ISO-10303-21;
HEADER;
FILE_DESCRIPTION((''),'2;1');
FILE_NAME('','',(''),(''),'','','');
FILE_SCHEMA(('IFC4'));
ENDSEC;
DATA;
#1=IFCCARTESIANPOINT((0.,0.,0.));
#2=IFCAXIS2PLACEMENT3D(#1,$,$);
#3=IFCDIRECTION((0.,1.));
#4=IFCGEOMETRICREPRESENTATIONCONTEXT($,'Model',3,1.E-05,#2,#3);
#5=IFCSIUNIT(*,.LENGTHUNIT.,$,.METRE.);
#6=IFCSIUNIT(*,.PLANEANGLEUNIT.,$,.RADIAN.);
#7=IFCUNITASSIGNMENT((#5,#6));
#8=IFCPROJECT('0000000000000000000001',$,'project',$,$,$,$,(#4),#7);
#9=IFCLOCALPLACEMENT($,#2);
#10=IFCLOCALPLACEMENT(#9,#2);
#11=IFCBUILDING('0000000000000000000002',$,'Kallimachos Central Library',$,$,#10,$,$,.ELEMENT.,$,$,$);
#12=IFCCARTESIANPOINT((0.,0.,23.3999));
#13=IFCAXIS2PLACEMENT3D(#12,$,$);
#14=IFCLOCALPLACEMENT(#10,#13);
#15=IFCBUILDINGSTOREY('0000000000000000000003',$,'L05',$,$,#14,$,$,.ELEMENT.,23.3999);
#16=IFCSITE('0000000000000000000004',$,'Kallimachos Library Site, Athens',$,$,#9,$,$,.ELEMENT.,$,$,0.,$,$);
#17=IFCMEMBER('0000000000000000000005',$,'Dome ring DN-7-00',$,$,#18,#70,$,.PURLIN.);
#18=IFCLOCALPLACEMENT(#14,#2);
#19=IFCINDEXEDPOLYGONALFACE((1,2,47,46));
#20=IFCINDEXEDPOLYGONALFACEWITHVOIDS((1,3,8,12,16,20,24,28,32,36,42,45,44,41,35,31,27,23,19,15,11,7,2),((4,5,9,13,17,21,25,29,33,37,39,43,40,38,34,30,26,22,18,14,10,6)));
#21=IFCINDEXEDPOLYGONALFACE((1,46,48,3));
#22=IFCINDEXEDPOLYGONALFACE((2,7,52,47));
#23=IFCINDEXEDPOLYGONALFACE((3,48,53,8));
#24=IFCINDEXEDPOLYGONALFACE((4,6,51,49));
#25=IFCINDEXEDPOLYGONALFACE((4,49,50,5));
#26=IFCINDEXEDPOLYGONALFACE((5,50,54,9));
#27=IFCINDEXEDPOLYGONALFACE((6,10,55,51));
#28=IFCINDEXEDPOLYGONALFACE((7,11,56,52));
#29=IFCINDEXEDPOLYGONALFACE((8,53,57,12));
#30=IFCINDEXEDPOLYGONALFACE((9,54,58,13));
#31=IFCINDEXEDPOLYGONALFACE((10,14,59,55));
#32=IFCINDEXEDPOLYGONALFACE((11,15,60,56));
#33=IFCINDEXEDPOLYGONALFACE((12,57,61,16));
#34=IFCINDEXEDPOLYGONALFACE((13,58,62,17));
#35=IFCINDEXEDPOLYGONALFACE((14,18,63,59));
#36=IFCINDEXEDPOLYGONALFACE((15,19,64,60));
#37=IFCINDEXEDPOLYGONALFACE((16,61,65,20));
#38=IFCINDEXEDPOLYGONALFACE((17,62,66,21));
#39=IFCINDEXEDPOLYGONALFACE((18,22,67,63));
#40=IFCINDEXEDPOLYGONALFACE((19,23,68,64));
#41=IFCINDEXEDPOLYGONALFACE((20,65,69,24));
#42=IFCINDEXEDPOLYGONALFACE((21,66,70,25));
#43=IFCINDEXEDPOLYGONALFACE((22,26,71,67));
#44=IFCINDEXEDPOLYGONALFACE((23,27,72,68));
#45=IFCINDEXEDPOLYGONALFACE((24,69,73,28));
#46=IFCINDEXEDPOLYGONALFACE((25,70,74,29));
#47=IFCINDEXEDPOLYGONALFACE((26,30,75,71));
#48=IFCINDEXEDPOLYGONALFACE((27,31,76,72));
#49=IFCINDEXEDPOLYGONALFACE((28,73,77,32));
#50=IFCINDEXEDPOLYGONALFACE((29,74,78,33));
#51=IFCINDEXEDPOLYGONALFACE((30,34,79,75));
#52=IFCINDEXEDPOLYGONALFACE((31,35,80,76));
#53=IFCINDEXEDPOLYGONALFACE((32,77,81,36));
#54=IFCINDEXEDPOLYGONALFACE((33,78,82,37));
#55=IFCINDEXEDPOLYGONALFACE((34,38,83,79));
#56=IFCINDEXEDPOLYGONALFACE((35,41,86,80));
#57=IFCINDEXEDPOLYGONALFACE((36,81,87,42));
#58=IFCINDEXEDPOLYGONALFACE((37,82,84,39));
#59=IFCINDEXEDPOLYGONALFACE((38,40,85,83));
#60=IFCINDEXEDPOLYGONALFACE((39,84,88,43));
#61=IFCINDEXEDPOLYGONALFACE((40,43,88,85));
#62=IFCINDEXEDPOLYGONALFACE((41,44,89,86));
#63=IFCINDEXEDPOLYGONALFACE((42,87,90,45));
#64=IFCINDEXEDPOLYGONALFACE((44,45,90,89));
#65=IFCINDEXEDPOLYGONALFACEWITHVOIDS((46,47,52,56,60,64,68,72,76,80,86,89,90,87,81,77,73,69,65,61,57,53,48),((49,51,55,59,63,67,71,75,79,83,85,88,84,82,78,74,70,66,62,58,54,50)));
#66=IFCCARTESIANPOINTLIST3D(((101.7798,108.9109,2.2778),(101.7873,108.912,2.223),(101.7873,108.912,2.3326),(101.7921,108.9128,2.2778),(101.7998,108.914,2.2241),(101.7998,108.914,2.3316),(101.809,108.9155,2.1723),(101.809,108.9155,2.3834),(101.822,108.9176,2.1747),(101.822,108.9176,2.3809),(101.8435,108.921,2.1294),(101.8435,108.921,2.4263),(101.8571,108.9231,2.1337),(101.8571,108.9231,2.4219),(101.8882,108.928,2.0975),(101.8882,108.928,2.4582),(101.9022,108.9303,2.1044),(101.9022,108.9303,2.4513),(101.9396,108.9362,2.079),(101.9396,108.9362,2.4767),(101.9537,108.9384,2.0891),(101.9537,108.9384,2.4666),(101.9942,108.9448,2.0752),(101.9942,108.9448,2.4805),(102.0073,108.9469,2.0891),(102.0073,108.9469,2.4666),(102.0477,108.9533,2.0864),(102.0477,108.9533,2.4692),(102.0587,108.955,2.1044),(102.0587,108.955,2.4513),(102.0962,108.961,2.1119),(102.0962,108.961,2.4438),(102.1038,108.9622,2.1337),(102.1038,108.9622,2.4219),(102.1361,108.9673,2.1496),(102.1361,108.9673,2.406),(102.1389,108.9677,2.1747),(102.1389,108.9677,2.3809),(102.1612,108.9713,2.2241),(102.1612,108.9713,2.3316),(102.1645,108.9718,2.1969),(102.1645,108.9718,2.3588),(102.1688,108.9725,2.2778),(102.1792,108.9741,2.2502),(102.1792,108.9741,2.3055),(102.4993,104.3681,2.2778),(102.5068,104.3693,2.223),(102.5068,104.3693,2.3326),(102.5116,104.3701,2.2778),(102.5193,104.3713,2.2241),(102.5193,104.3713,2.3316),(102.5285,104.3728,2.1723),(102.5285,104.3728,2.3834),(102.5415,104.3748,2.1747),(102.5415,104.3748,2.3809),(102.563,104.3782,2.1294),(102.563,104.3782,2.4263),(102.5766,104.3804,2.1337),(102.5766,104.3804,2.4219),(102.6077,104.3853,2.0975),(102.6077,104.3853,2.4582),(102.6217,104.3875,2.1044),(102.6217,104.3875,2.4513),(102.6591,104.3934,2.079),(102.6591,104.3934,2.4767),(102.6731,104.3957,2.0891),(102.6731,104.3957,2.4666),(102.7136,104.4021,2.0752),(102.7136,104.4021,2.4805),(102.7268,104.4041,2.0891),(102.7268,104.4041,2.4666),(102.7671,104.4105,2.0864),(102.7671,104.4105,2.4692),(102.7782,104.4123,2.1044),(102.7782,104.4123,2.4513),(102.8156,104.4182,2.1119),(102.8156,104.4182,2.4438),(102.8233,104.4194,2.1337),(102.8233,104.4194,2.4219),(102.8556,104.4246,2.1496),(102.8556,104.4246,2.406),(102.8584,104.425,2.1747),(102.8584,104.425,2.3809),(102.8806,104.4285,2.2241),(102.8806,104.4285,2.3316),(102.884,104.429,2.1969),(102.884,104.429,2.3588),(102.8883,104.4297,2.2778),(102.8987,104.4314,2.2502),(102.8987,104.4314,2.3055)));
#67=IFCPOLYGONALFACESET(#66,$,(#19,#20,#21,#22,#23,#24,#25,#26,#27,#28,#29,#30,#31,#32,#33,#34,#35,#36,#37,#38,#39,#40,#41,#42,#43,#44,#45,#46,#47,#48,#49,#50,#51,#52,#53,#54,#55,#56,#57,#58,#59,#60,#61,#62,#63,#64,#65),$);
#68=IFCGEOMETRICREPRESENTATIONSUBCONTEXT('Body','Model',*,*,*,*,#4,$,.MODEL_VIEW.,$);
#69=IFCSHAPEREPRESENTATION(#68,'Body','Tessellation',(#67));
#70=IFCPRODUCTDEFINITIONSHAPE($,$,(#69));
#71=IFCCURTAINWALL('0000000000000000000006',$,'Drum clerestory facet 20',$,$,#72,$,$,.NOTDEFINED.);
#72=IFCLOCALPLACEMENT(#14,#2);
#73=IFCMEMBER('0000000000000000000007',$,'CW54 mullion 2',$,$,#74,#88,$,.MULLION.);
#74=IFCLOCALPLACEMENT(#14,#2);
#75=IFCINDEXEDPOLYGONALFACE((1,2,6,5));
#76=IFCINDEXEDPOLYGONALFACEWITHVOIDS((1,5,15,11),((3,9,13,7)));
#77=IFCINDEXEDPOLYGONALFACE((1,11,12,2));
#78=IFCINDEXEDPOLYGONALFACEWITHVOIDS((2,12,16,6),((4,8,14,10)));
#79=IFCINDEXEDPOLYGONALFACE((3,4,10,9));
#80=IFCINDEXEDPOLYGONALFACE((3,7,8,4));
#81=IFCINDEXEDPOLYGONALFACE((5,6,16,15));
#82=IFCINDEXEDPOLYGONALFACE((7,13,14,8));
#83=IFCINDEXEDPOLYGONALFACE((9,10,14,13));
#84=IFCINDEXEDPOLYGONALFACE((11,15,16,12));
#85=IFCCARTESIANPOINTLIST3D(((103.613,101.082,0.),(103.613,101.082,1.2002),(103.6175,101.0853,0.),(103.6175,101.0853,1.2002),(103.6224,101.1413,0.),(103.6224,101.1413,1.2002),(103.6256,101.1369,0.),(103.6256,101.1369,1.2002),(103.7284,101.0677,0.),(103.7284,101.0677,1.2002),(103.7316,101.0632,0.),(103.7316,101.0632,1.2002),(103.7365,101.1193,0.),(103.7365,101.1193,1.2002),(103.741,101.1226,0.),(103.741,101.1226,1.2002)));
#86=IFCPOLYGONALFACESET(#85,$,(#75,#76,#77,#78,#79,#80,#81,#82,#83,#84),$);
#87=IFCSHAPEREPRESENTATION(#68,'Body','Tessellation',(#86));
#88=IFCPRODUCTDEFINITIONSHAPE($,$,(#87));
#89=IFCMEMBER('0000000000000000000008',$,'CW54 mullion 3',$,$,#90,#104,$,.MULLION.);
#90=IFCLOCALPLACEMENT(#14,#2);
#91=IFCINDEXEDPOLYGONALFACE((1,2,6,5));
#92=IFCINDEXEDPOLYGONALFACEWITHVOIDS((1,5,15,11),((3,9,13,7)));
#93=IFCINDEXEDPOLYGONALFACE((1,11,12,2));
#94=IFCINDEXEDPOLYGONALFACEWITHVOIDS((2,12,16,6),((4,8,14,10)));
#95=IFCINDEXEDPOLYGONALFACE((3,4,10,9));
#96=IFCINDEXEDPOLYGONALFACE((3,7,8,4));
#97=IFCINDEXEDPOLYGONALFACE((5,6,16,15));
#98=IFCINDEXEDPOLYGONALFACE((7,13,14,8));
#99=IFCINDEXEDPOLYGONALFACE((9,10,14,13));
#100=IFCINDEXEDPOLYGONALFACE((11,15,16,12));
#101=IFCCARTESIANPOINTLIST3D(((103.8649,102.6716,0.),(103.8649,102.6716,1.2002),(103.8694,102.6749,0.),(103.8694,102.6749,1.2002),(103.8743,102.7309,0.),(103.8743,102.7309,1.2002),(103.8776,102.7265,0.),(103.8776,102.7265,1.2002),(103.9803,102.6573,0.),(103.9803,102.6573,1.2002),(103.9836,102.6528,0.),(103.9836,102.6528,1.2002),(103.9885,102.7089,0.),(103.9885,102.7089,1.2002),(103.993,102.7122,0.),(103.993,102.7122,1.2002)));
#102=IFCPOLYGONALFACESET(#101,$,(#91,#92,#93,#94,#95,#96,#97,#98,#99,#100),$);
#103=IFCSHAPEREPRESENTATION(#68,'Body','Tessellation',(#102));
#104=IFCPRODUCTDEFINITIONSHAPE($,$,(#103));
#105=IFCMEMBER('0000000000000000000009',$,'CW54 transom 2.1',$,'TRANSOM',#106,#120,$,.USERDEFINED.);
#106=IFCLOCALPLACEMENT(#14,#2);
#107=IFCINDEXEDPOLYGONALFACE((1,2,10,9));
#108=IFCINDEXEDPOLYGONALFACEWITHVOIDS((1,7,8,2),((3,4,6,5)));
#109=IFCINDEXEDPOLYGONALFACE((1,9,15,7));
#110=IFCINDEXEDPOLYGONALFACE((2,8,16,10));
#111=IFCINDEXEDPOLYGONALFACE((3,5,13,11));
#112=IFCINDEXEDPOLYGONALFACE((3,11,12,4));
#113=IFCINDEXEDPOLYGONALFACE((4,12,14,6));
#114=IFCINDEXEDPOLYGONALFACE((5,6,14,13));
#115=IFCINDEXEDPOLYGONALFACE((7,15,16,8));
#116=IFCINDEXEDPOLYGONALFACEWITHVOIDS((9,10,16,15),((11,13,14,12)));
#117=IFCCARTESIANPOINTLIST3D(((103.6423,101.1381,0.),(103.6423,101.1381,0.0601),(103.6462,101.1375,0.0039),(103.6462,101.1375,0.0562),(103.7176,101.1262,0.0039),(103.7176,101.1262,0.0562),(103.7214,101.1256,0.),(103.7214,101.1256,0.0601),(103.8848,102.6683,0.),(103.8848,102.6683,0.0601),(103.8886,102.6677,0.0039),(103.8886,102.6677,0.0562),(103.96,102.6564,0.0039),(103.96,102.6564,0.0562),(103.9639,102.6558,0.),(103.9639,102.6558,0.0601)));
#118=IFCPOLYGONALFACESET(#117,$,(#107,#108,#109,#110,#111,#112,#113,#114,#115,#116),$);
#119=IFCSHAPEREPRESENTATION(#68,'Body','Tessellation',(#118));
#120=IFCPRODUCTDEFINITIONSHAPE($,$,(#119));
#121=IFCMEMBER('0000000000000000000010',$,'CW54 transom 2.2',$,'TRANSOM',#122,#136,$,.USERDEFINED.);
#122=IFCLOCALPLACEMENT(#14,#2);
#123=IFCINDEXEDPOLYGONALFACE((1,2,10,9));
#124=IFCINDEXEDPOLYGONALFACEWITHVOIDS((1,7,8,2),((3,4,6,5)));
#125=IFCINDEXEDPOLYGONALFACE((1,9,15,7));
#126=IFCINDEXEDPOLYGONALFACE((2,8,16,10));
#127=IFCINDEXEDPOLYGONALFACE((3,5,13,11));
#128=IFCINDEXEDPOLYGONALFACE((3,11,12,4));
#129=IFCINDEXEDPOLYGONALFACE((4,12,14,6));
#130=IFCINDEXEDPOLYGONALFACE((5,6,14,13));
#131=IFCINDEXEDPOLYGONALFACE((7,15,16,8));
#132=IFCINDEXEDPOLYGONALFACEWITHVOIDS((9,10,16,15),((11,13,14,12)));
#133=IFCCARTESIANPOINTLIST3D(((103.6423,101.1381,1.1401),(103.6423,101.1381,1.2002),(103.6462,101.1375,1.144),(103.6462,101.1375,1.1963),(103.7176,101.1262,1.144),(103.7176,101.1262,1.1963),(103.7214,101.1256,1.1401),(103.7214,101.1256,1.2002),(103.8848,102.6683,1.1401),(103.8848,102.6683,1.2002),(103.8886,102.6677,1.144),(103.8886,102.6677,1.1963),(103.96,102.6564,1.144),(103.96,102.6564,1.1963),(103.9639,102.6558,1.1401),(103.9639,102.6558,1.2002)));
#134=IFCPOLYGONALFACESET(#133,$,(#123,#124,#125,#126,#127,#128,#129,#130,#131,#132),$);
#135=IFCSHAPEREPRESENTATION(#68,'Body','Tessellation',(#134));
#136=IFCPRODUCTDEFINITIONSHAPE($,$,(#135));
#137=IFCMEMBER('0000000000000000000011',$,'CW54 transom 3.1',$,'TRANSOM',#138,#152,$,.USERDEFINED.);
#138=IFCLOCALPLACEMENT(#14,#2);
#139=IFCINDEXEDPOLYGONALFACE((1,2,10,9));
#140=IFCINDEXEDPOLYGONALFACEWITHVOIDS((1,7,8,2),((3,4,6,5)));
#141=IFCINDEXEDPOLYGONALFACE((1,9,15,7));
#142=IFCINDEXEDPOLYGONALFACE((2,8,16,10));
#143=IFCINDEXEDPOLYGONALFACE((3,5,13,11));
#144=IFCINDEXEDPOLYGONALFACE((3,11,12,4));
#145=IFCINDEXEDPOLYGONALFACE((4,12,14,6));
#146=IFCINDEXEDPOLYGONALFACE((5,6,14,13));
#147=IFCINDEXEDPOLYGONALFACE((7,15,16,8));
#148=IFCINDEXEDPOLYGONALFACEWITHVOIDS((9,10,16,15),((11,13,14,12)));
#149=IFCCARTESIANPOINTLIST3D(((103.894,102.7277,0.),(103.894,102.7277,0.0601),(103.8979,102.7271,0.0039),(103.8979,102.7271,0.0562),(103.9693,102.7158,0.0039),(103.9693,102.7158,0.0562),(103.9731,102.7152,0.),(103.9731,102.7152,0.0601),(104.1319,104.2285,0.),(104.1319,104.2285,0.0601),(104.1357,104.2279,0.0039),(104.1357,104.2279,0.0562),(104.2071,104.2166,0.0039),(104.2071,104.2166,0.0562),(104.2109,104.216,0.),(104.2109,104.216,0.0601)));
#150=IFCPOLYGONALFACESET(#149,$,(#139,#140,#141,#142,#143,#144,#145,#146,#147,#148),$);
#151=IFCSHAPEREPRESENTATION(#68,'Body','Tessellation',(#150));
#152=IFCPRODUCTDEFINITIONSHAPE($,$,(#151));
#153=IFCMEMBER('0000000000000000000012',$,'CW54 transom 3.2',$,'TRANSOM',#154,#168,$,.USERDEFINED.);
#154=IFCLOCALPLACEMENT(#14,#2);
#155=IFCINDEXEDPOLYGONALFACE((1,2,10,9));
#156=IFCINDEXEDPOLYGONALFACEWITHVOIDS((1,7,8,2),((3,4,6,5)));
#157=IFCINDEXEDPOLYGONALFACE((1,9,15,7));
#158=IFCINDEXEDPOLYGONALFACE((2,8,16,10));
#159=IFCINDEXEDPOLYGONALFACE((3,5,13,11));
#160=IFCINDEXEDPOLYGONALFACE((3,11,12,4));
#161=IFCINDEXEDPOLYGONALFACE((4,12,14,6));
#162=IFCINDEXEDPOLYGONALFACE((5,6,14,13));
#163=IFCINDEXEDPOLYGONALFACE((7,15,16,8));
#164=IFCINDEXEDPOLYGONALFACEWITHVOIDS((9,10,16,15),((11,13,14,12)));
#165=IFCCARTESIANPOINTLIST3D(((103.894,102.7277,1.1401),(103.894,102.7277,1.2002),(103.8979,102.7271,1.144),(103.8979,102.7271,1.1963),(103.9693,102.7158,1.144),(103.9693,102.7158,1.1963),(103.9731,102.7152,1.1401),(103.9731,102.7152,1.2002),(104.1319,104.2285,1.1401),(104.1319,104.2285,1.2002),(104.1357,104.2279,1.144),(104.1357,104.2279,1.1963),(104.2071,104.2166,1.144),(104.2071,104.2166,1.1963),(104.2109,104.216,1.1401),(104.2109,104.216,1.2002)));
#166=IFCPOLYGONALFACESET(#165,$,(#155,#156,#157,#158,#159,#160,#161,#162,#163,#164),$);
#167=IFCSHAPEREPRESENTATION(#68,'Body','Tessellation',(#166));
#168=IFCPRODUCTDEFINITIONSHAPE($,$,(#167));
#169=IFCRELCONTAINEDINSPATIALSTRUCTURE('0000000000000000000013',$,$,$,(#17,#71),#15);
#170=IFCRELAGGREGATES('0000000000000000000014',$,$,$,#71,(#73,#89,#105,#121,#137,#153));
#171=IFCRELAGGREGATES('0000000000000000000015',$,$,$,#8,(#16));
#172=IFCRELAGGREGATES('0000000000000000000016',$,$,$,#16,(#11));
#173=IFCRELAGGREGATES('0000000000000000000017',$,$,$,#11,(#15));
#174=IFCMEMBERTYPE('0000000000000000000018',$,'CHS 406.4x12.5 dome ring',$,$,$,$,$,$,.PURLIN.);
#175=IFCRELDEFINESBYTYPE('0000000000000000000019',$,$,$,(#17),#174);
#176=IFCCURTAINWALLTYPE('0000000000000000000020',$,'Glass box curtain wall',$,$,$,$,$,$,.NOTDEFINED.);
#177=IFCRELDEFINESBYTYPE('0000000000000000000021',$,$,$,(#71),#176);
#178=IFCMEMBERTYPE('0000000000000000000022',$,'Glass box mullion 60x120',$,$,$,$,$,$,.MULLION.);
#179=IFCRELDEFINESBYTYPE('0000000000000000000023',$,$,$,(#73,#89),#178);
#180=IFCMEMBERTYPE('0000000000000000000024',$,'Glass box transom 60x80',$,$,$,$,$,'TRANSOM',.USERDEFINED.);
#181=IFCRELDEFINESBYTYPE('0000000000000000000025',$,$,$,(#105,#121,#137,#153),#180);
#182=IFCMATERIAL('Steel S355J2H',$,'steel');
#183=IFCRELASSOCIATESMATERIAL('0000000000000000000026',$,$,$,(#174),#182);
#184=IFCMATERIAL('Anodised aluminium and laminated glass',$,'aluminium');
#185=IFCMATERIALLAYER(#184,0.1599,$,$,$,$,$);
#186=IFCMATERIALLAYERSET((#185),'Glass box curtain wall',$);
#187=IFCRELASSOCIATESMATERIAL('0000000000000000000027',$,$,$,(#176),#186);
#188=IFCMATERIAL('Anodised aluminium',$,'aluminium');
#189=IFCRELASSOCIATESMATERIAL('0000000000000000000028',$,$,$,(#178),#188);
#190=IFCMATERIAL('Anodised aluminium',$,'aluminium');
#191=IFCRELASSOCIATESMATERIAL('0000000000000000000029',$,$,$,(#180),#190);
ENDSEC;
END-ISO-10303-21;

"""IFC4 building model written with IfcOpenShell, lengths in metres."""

from ifc_helpers import new_model, si_unit, direction, frame, origin, origin_2d, place, context, subcontext, project, spatial, hollow_rectangle, hollow_circle, extrude, material, layer, layer_set, material_profile, profile_set, type_object, element, aggregate, save


model = new_model("IFC4")

# Units and contexts
model_context = context("Model", 3, precision=1e-05, world=origin(), true_north=direction((0.0, 1.0)))
body_context = subcontext(model_context, "Body", "Model", "MODEL_VIEW")
ifc_project = project(units=[si_unit("LENGTHUNIT", "METRE"), si_unit("PLANEANGLEUNIT", "RADIAN")], contexts=[model_context])

# Site, building, storey
site_placement = place(None, origin())
site = spatial("IfcSite", under=ifc_project, at=site_placement, Name="Kallimachos Library Site, Athens", CompositionType="ELEMENT", RefElevation=0.0)
building_placement = place(site_placement, origin())
building = spatial("IfcBuilding", under=site, at=building_placement, Name="Kallimachos Central Library", CompositionType="ELEMENT")
storey_placement = place(building_placement, frame((0.0, 0.0, 23.3999)))
storey = spatial("IfcBuildingStorey", under=building, at=storey_placement, Name="L05", CompositionType="ELEMENT", Elevation=23.3999)

# Member
ifc_material_1 = material(Name="Steel S355J2H", Category="steel")
ifc_material_profile_1 = material_profile(ifc_material_1, hollow_circle(Radius=0.2031, WallThickness=0.0125, at=origin_2d()), Name="CHS 406.4x12.5")
ifc_profile_set_1 = profile_set([ifc_material_profile_1], Name="Steel S355J2H")
member_type_1 = type_object("IfcMemberType", Name="CHS 406.4x12.5 dome ring", PredefinedType="PURLIN", material=ifc_profile_set_1)
member_1_placement = place(storey_placement, frame((102.7, 104.3999, 2.2778), z_axis=(-0.156431, 0.987689, 0.0), x_axis=(-0.987689, -0.156431, 0.0)))
element("IfcMember", 1, at=member_1_placement, inside=storey, type_object=member_type_1, Name="Dome ring DN-7-00", PredefinedType="PURLIN", context=body_context, shape_type="SweptSolid", body=[
    extrude(hollow_circle(Radius=0.2031, WallThickness=0.0125, at=origin_2d()), origin(), (0.0, 0.0, 1.0), 4.5994),
])

# Curtain wall, members
ifc_material_2 = material(Name="Anodised aluminium and laminated glass", Category="aluminium")
ifc_layer_1 = layer(ifc_material_2, 0.1599)
ifc_layer_set_1 = layer_set([ifc_layer_1], Name="Glass box curtain wall")
curtain_wall_type = type_object("IfcCurtainWallType", Name="Glass box curtain wall", PredefinedType="NOTDEFINED", material=ifc_layer_set_1)
curtain_wall_placement = place(storey_placement, origin())
curtain_wall = element("IfcCurtainWall", 2, at=curtain_wall_placement, inside=storey, type_object=curtain_wall_type, Name="Drum clerestory facet 20", PredefinedType="NOTDEFINED")
ifc_material_3 = material(Name="Anodised aluminium", Category="aluminium")
ifc_material_profile_2 = material_profile(ifc_material_3, hollow_rectangle(XDim=0.0601, YDim=0.1201, WallThickness=0.0039, at=origin_2d()), Name="ALU MULLION 60x120")
ifc_profile_set_2 = profile_set([ifc_material_profile_2], Name="Anodised aluminium")
member_type_2 = type_object("IfcMemberType", Name="Glass box mullion 60x120", PredefinedType="MULLION", material=ifc_profile_set_2)
member_2_placement = place(storey_placement, frame((103.677, 101.1023, 0.0), z_axis=(0.0, 0.0, 1.0), x_axis=(0.156435, 0.987688, 0.0)))
member_2 = element("IfcMember", 3, at=member_2_placement, type_object=member_type_2, Name="CW54 mullion 2", PredefinedType="MULLION", context=body_context, shape_type="SweptSolid", body=[
    extrude(hollow_rectangle(XDim=0.0601, YDim=0.1201, WallThickness=0.0039, at=origin_2d()), origin(), (0.0, 0.0, 1.0), 1.2002),
])
member_3_placement = place(storey_placement, frame((103.929, 102.6919, 0.0), z_axis=(0.0, 0.0, 1.0), x_axis=(0.156435, 0.987688, 0.0)))
member_3 = element("IfcMember", 4, at=member_3_placement, type_object=member_type_2, Name="CW54 mullion 3", PredefinedType="MULLION", context=body_context, shape_type="SweptSolid", body=[
    extrude(hollow_rectangle(XDim=0.0601, YDim=0.1201, WallThickness=0.0039, at=origin_2d()), origin(), (0.0, 0.0, 1.0), 1.2002),
])
ifc_material_4 = material(Name="Anodised aluminium", Category="aluminium")
ifc_material_profile_3 = material_profile(ifc_material_4, hollow_rectangle(XDim=0.0601, YDim=0.0801, WallThickness=0.0039, at=origin_2d()), Name="ALU TRANSOM 60x80")
ifc_profile_set_3 = profile_set([ifc_material_profile_3], Name="Anodised aluminium")
member_type_3 = type_object("IfcMemberType", Name="Glass box transom 60x80", ElementType="TRANSOM", PredefinedType="USERDEFINED", material=ifc_profile_set_3)
member_4_placement = place(storey_placement, frame((103.6819, 101.1318, 0.03), z_axis=(0.156472, 0.987682, 0.0), x_axis=(0.0, 0.0, 1.0)))
member_4 = element("IfcMember", 5, at=member_4_placement, type_object=member_type_3, Name="CW54 transom 2.1", ObjectType="TRANSOM", PredefinedType="USERDEFINED", context=body_context, shape_type="SweptSolid", body=[
    extrude(hollow_rectangle(XDim=0.0601, YDim=0.0801, WallThickness=0.0039, at=origin_2d()), origin(), (0.0, 0.0, 1.0), 1.5493),
])
member_5_placement = place(storey_placement, frame((103.6819, 101.1318, 1.1702), z_axis=(0.156472, 0.987682, 0.0), x_axis=(0.0, 0.0, 1.0)))
member_5 = element("IfcMember", 6, at=member_5_placement, type_object=member_type_3, Name="CW54 transom 2.2", ObjectType="TRANSOM", PredefinedType="USERDEFINED", context=body_context, shape_type="SweptSolid", body=[
    extrude(hollow_rectangle(XDim=0.0601, YDim=0.0801, WallThickness=0.0039, at=origin_2d()), origin(), (0.0, 0.0, 1.0), 1.5493),
])
member_6_placement = place(storey_placement, frame((103.9336, 102.7214, 0.03), z_axis=(0.156499, 0.987678, 0.0), x_axis=(0.0, 0.0, 1.0)))
member_6 = element("IfcMember", 7, at=member_6_placement, type_object=member_type_3, Name="CW54 transom 3.1", ObjectType="TRANSOM", PredefinedType="USERDEFINED", context=body_context, shape_type="SweptSolid", body=[
    extrude(hollow_rectangle(XDim=0.0601, YDim=0.0801, WallThickness=0.0039, at=origin_2d()), origin(), (0.0, 0.0, 1.0), 1.5195),
])
member_7_placement = place(storey_placement, frame((103.9336, 102.7214, 1.1702), z_axis=(0.156499, 0.987678, 0.0), x_axis=(0.0, 0.0, 1.0)))
member_7 = element("IfcMember", 8, at=member_7_placement, type_object=member_type_3, Name="CW54 transom 3.2", ObjectType="TRANSOM", PredefinedType="USERDEFINED", context=body_context, shape_type="SweptSolid", body=[
    extrude(hollow_rectangle(XDim=0.0601, YDim=0.0801, WallThickness=0.0039, at=origin_2d()), origin(), (0.0, 0.0, 1.0), 1.5195),
])

aggregate(curtain_wall, [member_2, member_3, member_4, member_5, member_6, member_7])

save(model, "model.ifc")
